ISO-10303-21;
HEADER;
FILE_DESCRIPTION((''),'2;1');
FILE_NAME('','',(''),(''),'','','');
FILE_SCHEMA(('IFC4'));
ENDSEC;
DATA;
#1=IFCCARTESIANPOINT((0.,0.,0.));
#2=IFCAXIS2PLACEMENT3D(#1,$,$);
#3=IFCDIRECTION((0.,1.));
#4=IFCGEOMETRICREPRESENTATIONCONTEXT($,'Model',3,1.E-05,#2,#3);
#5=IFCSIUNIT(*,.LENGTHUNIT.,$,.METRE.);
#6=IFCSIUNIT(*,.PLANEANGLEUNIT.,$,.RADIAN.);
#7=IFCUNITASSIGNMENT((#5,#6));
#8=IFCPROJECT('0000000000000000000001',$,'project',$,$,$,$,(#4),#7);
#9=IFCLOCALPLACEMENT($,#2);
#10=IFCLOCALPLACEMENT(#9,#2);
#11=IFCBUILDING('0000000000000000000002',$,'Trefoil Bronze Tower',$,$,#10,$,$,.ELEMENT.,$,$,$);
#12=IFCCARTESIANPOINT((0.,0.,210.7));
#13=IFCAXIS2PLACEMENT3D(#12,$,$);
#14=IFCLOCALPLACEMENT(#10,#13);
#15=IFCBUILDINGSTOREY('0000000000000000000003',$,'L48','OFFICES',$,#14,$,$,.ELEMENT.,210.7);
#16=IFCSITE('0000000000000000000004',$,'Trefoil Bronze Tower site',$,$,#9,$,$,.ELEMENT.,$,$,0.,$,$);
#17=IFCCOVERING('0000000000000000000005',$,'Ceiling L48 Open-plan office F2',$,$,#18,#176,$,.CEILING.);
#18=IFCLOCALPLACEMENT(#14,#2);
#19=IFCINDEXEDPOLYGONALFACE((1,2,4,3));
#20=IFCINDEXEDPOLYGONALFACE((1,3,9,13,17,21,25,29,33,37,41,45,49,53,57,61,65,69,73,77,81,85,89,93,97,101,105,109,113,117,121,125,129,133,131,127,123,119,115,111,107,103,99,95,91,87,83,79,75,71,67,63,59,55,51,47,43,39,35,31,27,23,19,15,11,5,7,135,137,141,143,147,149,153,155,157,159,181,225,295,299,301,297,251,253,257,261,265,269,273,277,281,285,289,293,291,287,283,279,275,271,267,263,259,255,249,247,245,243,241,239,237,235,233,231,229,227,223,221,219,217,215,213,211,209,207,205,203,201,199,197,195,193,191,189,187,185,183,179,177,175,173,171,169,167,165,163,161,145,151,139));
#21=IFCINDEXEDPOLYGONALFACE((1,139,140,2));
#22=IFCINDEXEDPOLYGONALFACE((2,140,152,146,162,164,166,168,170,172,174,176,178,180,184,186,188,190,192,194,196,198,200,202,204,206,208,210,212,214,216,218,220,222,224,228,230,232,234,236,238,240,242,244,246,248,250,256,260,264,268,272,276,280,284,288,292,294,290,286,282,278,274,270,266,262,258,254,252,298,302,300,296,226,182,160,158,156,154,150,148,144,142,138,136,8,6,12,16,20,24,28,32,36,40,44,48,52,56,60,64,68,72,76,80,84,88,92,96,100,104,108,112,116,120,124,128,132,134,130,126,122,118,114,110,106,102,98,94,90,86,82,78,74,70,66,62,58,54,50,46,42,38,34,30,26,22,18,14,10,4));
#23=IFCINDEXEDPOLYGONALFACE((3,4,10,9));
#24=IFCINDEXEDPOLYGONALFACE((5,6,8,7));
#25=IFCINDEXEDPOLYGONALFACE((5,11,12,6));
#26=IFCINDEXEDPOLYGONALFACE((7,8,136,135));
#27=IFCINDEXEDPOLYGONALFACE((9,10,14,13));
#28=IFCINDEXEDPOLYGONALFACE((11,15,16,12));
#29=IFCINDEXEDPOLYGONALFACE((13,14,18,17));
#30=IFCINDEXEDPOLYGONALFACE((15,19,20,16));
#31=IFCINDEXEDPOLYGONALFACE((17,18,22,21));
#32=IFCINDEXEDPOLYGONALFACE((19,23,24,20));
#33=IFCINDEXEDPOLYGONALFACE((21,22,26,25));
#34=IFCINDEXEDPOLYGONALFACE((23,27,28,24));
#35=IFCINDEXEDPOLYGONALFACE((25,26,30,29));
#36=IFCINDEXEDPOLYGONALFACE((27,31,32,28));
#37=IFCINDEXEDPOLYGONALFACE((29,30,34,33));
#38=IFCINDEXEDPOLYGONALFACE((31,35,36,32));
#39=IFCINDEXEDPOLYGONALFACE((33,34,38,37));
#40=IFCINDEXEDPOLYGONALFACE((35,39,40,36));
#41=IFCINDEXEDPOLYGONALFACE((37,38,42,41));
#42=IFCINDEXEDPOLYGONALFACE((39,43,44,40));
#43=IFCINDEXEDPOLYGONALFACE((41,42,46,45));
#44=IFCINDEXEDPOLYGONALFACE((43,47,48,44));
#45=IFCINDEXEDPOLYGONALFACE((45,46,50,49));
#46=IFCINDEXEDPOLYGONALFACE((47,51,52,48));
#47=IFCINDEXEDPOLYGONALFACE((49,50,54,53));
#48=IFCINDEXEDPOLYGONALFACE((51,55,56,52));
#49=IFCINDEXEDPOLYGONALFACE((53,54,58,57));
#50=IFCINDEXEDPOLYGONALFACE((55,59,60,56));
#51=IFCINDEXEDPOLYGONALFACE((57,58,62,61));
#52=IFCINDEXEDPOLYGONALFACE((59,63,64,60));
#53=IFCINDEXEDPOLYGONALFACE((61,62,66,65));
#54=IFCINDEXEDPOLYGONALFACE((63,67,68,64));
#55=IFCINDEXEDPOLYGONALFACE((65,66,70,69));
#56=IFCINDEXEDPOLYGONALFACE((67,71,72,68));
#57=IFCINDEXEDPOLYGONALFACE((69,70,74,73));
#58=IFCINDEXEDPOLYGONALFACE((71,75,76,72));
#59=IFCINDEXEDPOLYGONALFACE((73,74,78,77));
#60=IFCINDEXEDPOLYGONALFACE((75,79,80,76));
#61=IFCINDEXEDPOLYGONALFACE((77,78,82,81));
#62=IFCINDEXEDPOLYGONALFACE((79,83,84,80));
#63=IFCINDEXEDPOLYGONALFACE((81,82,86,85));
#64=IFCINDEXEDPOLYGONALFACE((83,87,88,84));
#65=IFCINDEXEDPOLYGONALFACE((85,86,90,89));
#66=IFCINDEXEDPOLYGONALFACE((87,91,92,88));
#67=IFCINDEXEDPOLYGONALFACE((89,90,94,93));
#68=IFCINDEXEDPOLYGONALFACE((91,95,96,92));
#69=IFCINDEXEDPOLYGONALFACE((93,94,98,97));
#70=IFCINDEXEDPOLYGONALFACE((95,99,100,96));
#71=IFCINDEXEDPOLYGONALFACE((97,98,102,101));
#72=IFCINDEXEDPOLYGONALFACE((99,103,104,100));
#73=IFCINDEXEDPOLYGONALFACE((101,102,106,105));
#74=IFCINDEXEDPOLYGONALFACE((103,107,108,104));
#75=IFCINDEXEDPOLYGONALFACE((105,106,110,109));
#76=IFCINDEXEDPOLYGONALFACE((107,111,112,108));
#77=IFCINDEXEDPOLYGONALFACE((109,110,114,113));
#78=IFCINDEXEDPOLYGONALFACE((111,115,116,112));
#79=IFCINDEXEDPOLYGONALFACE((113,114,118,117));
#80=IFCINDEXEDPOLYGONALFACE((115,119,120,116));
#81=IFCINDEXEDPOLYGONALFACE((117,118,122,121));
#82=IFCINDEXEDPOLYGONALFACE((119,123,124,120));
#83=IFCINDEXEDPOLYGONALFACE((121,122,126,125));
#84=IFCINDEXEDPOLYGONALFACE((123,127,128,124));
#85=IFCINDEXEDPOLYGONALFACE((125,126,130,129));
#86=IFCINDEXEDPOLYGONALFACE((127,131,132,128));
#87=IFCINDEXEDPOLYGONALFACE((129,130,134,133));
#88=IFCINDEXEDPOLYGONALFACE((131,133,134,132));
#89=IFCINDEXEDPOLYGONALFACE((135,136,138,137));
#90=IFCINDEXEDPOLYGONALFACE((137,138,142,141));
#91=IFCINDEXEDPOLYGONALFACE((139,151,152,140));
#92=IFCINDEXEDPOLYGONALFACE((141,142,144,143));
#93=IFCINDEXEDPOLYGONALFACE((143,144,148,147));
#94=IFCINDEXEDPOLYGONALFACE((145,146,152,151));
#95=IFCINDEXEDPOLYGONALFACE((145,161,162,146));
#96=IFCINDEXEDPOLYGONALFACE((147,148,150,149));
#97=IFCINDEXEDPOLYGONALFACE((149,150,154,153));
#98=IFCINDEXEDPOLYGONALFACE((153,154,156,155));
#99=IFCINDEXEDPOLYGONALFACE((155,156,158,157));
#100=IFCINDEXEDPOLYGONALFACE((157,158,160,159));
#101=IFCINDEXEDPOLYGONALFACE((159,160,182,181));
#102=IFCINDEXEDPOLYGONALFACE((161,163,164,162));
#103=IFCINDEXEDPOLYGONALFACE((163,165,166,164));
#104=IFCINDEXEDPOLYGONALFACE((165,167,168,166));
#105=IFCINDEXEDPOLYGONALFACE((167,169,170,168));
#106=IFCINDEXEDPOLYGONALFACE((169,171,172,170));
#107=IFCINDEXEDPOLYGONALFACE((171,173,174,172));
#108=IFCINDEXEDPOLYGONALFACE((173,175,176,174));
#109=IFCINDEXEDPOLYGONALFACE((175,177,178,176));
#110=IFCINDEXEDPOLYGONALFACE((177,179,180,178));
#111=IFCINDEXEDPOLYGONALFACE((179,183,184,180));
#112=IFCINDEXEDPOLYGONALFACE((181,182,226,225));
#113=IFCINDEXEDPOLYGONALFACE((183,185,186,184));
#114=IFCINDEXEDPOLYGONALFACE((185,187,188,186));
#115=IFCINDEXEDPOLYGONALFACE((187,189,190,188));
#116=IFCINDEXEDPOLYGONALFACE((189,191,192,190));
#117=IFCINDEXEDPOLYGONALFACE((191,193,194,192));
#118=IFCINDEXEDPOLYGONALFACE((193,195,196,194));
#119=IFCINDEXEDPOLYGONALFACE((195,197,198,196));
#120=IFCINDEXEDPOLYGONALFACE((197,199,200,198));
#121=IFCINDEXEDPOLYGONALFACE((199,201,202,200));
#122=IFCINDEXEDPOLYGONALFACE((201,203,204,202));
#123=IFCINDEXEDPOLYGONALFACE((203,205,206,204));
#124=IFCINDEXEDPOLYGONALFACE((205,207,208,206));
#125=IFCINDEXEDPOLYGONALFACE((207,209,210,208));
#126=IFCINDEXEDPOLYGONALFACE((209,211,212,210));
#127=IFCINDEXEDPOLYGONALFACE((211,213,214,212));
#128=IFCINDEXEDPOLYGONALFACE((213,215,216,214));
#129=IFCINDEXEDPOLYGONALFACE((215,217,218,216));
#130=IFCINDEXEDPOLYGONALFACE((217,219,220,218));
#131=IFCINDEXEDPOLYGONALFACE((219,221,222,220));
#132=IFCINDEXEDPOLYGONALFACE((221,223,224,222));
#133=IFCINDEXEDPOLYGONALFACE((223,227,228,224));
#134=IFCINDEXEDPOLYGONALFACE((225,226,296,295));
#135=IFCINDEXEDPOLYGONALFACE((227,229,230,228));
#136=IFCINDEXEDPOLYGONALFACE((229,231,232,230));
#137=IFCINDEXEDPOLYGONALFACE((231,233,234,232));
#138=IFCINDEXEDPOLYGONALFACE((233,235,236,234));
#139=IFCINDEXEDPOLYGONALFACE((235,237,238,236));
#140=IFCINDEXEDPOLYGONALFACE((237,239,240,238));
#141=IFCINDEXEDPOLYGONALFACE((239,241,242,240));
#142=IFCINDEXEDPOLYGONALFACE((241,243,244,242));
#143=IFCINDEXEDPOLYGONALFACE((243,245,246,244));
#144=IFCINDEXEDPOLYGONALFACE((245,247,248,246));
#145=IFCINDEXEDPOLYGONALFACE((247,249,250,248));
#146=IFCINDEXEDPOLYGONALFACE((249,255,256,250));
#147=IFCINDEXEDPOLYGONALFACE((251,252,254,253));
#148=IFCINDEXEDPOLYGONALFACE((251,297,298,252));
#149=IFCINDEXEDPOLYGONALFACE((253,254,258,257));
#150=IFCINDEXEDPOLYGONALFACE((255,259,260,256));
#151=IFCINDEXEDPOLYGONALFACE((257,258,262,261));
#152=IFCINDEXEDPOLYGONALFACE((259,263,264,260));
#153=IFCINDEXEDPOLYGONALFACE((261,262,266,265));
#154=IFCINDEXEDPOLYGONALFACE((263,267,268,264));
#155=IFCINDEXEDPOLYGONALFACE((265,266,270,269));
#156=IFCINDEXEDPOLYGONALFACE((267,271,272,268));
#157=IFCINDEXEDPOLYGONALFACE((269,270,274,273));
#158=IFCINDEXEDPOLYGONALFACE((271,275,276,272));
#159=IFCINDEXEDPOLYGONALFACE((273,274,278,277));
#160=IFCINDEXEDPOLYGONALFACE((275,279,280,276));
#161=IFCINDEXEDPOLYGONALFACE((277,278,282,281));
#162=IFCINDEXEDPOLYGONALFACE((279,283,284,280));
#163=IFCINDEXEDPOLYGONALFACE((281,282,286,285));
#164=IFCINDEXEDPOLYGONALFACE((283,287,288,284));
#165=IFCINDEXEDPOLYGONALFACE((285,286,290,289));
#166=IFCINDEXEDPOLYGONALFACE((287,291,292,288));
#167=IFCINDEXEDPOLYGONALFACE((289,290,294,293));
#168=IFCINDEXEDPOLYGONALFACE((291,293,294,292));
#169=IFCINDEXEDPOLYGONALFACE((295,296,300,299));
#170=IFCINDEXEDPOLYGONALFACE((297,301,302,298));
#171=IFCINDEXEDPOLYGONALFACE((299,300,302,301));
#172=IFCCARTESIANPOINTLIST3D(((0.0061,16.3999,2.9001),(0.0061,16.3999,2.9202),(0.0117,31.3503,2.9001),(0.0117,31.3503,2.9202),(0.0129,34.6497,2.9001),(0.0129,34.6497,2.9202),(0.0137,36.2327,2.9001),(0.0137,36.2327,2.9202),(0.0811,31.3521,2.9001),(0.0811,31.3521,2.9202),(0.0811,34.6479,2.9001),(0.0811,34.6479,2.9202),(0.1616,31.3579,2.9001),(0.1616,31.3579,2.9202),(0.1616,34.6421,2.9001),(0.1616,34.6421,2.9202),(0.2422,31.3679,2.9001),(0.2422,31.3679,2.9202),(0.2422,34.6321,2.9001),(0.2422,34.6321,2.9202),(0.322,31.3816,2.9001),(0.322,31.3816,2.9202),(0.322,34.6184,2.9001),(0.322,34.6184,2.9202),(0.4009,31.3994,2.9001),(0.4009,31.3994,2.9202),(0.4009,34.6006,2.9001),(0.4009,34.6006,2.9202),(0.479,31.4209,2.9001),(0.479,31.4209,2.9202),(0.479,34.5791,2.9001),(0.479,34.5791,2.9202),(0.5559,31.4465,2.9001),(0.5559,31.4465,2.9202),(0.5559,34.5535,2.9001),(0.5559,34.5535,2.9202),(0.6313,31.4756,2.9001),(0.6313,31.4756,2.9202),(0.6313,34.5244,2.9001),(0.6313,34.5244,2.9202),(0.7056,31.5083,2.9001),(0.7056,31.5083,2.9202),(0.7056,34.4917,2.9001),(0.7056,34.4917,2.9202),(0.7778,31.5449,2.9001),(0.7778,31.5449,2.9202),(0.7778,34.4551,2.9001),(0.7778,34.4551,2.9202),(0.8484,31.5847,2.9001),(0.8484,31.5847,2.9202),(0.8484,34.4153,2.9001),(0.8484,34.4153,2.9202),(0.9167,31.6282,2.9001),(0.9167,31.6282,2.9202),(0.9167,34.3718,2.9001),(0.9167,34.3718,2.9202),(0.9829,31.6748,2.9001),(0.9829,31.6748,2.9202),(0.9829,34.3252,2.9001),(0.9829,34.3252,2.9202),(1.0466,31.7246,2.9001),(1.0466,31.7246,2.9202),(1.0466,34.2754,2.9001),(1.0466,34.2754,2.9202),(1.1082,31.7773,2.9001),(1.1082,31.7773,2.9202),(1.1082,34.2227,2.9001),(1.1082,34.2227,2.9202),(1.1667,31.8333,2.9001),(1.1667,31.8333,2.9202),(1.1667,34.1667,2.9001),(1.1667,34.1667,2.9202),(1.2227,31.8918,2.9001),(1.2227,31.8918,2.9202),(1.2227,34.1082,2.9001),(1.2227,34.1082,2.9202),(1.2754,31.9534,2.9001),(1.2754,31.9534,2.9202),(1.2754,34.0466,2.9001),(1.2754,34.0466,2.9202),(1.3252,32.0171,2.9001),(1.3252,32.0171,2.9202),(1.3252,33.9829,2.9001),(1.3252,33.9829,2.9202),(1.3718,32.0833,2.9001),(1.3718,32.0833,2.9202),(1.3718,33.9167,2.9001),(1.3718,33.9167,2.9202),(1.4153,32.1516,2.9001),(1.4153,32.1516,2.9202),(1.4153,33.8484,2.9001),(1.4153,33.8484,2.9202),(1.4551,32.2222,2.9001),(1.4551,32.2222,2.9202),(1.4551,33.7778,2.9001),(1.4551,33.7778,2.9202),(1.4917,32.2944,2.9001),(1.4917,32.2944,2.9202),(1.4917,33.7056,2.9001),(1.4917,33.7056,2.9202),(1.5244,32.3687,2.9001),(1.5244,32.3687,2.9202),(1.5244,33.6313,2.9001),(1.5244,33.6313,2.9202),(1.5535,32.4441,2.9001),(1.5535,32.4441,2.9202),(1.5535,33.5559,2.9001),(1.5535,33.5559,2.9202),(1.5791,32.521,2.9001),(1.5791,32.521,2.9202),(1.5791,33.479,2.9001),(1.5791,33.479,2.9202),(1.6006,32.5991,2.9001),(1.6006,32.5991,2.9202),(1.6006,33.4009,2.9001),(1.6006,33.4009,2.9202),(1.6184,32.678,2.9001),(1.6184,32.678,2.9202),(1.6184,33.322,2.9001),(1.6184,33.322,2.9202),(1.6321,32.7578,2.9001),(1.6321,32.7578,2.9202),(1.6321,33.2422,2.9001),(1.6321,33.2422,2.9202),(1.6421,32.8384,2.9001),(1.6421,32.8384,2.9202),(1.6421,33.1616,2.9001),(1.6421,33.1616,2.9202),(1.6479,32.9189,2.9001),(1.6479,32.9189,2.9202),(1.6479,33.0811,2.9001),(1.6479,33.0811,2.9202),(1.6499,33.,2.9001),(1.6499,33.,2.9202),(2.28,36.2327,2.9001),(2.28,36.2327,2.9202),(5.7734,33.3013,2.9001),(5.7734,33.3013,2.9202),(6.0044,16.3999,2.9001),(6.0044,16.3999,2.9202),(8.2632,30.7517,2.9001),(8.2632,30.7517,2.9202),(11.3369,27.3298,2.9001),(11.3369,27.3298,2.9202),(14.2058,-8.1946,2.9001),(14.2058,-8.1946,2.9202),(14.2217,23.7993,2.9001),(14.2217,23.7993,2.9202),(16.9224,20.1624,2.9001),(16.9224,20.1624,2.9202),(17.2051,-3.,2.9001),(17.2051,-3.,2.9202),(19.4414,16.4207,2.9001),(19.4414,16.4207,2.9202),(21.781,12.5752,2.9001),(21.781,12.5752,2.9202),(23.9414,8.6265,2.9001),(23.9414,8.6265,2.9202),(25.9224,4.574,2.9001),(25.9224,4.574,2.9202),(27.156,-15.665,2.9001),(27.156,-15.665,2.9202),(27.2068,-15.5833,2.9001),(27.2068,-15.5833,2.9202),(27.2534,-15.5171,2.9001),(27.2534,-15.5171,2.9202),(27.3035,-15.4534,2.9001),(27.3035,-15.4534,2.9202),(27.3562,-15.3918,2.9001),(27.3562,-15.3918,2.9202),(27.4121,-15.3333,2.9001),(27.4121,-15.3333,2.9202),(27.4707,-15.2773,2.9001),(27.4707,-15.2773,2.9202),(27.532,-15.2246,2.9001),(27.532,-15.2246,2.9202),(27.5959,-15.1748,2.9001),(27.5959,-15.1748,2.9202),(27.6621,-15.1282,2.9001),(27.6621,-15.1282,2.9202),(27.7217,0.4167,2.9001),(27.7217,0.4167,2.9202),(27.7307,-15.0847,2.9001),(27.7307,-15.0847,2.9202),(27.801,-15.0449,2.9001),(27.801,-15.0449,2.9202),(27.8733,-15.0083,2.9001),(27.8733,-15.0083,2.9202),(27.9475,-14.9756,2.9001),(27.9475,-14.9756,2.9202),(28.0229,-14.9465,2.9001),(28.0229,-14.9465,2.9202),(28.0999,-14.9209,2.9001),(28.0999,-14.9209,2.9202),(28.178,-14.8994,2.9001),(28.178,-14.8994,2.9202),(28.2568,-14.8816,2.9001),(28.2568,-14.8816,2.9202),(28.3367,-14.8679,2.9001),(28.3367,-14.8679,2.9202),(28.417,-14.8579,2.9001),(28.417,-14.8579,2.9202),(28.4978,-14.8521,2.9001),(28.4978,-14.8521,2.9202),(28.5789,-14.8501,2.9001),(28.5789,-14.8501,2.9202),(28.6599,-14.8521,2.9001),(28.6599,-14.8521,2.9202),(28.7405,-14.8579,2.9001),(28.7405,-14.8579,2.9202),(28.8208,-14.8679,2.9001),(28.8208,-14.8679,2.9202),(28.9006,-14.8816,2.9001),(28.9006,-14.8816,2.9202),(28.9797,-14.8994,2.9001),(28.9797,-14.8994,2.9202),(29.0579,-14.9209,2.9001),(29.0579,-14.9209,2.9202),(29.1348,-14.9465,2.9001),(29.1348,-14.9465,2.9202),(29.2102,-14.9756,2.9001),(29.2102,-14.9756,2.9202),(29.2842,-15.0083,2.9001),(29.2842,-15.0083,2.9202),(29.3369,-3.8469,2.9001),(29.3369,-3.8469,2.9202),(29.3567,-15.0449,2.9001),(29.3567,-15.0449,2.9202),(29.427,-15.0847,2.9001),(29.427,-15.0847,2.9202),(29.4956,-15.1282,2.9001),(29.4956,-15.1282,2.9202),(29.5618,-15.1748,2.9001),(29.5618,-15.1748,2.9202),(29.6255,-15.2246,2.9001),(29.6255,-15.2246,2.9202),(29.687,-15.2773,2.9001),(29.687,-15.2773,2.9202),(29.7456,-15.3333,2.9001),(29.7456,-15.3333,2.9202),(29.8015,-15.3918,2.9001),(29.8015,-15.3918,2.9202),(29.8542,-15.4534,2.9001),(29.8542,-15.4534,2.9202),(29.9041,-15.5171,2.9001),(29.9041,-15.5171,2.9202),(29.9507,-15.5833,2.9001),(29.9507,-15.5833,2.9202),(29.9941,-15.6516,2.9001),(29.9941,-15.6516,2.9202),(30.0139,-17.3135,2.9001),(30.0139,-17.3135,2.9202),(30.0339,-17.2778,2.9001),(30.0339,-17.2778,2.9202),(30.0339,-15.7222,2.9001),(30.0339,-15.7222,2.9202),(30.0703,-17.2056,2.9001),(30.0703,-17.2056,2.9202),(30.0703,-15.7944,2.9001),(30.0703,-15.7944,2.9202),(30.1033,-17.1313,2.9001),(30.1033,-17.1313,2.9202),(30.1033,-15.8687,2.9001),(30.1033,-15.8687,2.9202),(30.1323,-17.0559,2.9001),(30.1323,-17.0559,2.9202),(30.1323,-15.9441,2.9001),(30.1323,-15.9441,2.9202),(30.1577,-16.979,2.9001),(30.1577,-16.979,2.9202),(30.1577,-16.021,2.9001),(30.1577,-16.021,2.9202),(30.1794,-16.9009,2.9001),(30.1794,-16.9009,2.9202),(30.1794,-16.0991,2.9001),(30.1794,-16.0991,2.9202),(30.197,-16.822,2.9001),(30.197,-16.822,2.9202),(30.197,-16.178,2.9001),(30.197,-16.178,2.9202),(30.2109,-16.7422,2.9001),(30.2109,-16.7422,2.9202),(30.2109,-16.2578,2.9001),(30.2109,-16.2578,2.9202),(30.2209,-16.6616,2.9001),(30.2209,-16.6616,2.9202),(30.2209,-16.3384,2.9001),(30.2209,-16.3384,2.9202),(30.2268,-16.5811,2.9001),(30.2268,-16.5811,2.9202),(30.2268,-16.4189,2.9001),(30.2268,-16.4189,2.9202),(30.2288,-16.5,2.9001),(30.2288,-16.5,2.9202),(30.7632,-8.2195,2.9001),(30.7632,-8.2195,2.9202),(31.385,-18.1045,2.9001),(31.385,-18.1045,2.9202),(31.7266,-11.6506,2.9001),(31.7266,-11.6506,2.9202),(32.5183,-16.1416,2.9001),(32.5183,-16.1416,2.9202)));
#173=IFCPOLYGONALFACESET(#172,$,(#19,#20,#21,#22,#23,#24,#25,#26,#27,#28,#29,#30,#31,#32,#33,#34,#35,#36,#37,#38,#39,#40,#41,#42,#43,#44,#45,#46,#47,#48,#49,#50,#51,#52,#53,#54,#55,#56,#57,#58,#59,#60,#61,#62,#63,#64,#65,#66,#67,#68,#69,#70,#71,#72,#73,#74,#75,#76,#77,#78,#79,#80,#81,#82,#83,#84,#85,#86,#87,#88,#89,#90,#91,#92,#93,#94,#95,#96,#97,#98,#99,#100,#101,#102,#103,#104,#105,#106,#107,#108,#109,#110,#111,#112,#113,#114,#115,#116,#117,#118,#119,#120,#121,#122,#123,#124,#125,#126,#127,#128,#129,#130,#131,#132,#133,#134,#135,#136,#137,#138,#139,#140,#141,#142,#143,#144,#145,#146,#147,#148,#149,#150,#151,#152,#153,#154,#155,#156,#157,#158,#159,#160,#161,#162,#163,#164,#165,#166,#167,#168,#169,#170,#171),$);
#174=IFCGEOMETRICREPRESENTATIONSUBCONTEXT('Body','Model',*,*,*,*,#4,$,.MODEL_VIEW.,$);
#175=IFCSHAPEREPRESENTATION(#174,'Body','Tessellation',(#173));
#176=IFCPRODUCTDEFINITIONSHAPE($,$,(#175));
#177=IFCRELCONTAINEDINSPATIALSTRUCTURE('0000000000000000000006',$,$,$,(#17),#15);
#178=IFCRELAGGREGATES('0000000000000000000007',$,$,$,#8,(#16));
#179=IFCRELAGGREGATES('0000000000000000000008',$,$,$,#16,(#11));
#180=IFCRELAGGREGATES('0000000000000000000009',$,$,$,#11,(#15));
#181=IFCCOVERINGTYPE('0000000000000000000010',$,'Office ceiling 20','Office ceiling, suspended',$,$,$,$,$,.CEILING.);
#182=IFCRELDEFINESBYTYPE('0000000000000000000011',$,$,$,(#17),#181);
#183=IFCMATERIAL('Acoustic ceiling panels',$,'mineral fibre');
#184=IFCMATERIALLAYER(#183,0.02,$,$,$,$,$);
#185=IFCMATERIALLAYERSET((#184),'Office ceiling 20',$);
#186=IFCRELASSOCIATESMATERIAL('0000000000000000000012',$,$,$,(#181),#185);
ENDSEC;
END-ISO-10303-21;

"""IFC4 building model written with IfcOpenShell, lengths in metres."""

from ifc_helpers import new_model, si_unit, direction, frame, origin, place, context, subcontext, project, spatial, polyline, outline, extrude, material, layer, layer_set, type_object, element, save


model = new_model("IFC4")

# Units and contexts
model_context = context("Model", 3, precision=1e-05, world=origin(), true_north=direction((0.0, 1.0)))
body_context = subcontext(model_context, "Body", "Model", "MODEL_VIEW")
ifc_project = project(units=[si_unit("LENGTHUNIT", "METRE"), si_unit("PLANEANGLEUNIT", "RADIAN")], contexts=[model_context])

# Site, building, storey
site_placement = place(None, origin())
site = spatial("IfcSite", under=ifc_project, at=site_placement, Name="Trefoil Bronze Tower site", CompositionType="ELEMENT", RefElevation=0.0)
building_placement = place(site_placement, origin())
building = spatial("IfcBuilding", under=site, at=building_placement, Name="Trefoil Bronze Tower", CompositionType="ELEMENT")
storey_placement = place(building_placement, frame((0.0, 0.0, 210.7)))
storey = spatial("IfcBuildingStorey", under=building, at=storey_placement, Name="L48", Description="OFFICES", CompositionType="ELEMENT", Elevation=210.7)

# Covering
ifc_material_1 = material(Name="Acoustic ceiling panels", Category="mineral fibre")
ifc_layer_1 = layer(ifc_material_1, 0.02)
ifc_layer_set_1 = layer_set([ifc_layer_1], Name="Office ceiling 20")
covering_type_1 = type_object("IfcCoveringType", Name="Office ceiling 20", Description="Office ceiling, suspended", PredefinedType="CEILING", material=ifc_layer_set_1)
covering_1_placement = place(storey_placement, frame((0.0, 0.0, 2.9001)))
element("IfcCovering", 1, at=covering_1_placement, inside=storey, type_object=covering_type_1, Name="Ceiling L48 Open-plan office F2", PredefinedType="CEILING", context=body_context, shape_type="SweptSolid", body=[
    extrude(outline(polyline([(8.2632, 30.7517), (11.3369, 27.3298), (14.2217, 23.7993), (16.9224, 20.1624), (19.4414, 16.4207), (21.781, 12.5752), (23.9414, 8.6265), (25.9224, 4.574), (27.7217, 0.4167), (29.3369, -3.8469), (30.7632, -8.2195), (31.7266, -11.6506), (32.5183, -16.1416), (31.385, -18.1045), (30.0139, -17.3135), (30.0339, -17.2778), (30.0703, -17.2056), (30.1033, -17.1313), (30.1323, -17.0559), (30.1577, -16.979), (30.1794, -16.9009), (30.197, -16.822), (30.2109, -16.7422), (30.2209, -16.6616), (30.2268, -16.5811), (30.2288, -16.5), (30.2268, -16.4189), (30.2209, -16.3384), (30.2109, -16.2578), (30.197, -16.178), (30.1794, -16.0991), (30.1577, -16.021), (30.1323, -15.9441), (30.1033, -15.8687), (30.0703, -15.7944), (30.0339, -15.7222), (29.9941, -15.6516), (29.9507, -15.5833), (29.9041, -15.5171), (29.8542, -15.4534), (29.8015, -15.3918), (29.7456, -15.3333), (29.687, -15.2773), (29.6255, -15.2246), (29.5618, -15.1748), (29.4956, -15.1282), (29.427, -15.0847), (29.3567, -15.0449), (29.2842, -15.0083), (29.2102, -14.9756), (29.1348, -14.9465), (29.0579, -14.9209), (28.9797, -14.8994), (28.9006, -14.8816), (28.8208, -14.8679), (28.7405, -14.8579), (28.6599, -14.8521), (28.5789, -14.8501), (28.4978, -14.8521), (28.417, -14.8579), (28.3367, -14.8679), (28.2568, -14.8816), (28.178, -14.8994), (28.0999, -14.9209), (28.0229, -14.9465), (27.9475, -14.9756), (27.8733, -15.0083), (27.801, -15.0449), (27.7307, -15.0847), (27.6621, -15.1282), (27.5959, -15.1748), (27.532, -15.2246), (27.4707, -15.2773), (27.4121, -15.3333), (27.3562, -15.3918), (27.3035, -15.4534), (27.2534, -15.5171), (27.2068, -15.5833), (27.156, -15.665), (14.2058, -8.1946), (17.2051, -3.0), (6.0044, 16.3999), (0.0061, 16.3999), (0.0117, 31.3503), (0.0811, 31.3521), (0.1616, 31.3579), (0.2422, 31.3679), (0.322, 31.3816), (0.4009, 31.3994), (0.479, 31.4209), (0.5559, 31.4465), (0.6313, 31.4756), (0.7056, 31.5083), (0.7778, 31.5449), (0.8484, 31.5847), (0.9167, 31.6282), (0.9829, 31.6748), (1.0466, 31.7246), (1.1082, 31.7773), (1.1667, 31.8333), (1.2227, 31.8918), (1.2754, 31.9534), (1.3252, 32.0171), (1.3718, 32.0833), (1.4153, 32.1516), (1.4551, 32.2222), (1.4917, 32.2944), (1.5244, 32.3687), (1.5535, 32.4441), (1.5791, 32.521), (1.6006, 32.5991), (1.6184, 32.678), (1.6321, 32.7578), (1.6421, 32.8384), (1.6479, 32.9189), (1.6499, 33.0), (1.6479, 33.0811), (1.6421, 33.1616), (1.6321, 33.2422), (1.6184, 33.322), (1.6006, 33.4009), (1.5791, 33.479), (1.5535, 33.5559), (1.5244, 33.6313), (1.4917, 33.7056), (1.4551, 33.7778), (1.4153, 33.8484), (1.3718, 33.9167), (1.3252, 33.9829), (1.2754, 34.0466), (1.2227, 34.1082), (1.1667, 34.1667), (1.1082, 34.2227), (1.0466, 34.2754), (0.9829, 34.3252), (0.9167, 34.3718), (0.8484, 34.4153), (0.7778, 34.4551), (0.7056, 34.4917), (0.6313, 34.5244), (0.5559, 34.5535), (0.479, 34.5791), (0.4009, 34.6006), (0.322, 34.6184), (0.2422, 34.6321), (0.1616, 34.6421), (0.0811, 34.6479), (0.0129, 34.6497), (0.0137, 36.2327), (2.28, 36.2327), (5.7734, 33.3013), (8.2632, 30.7517)])), origin(), (0.0, 0.0, 1.0), 0.02),
])

save(model, "model.ifc")
